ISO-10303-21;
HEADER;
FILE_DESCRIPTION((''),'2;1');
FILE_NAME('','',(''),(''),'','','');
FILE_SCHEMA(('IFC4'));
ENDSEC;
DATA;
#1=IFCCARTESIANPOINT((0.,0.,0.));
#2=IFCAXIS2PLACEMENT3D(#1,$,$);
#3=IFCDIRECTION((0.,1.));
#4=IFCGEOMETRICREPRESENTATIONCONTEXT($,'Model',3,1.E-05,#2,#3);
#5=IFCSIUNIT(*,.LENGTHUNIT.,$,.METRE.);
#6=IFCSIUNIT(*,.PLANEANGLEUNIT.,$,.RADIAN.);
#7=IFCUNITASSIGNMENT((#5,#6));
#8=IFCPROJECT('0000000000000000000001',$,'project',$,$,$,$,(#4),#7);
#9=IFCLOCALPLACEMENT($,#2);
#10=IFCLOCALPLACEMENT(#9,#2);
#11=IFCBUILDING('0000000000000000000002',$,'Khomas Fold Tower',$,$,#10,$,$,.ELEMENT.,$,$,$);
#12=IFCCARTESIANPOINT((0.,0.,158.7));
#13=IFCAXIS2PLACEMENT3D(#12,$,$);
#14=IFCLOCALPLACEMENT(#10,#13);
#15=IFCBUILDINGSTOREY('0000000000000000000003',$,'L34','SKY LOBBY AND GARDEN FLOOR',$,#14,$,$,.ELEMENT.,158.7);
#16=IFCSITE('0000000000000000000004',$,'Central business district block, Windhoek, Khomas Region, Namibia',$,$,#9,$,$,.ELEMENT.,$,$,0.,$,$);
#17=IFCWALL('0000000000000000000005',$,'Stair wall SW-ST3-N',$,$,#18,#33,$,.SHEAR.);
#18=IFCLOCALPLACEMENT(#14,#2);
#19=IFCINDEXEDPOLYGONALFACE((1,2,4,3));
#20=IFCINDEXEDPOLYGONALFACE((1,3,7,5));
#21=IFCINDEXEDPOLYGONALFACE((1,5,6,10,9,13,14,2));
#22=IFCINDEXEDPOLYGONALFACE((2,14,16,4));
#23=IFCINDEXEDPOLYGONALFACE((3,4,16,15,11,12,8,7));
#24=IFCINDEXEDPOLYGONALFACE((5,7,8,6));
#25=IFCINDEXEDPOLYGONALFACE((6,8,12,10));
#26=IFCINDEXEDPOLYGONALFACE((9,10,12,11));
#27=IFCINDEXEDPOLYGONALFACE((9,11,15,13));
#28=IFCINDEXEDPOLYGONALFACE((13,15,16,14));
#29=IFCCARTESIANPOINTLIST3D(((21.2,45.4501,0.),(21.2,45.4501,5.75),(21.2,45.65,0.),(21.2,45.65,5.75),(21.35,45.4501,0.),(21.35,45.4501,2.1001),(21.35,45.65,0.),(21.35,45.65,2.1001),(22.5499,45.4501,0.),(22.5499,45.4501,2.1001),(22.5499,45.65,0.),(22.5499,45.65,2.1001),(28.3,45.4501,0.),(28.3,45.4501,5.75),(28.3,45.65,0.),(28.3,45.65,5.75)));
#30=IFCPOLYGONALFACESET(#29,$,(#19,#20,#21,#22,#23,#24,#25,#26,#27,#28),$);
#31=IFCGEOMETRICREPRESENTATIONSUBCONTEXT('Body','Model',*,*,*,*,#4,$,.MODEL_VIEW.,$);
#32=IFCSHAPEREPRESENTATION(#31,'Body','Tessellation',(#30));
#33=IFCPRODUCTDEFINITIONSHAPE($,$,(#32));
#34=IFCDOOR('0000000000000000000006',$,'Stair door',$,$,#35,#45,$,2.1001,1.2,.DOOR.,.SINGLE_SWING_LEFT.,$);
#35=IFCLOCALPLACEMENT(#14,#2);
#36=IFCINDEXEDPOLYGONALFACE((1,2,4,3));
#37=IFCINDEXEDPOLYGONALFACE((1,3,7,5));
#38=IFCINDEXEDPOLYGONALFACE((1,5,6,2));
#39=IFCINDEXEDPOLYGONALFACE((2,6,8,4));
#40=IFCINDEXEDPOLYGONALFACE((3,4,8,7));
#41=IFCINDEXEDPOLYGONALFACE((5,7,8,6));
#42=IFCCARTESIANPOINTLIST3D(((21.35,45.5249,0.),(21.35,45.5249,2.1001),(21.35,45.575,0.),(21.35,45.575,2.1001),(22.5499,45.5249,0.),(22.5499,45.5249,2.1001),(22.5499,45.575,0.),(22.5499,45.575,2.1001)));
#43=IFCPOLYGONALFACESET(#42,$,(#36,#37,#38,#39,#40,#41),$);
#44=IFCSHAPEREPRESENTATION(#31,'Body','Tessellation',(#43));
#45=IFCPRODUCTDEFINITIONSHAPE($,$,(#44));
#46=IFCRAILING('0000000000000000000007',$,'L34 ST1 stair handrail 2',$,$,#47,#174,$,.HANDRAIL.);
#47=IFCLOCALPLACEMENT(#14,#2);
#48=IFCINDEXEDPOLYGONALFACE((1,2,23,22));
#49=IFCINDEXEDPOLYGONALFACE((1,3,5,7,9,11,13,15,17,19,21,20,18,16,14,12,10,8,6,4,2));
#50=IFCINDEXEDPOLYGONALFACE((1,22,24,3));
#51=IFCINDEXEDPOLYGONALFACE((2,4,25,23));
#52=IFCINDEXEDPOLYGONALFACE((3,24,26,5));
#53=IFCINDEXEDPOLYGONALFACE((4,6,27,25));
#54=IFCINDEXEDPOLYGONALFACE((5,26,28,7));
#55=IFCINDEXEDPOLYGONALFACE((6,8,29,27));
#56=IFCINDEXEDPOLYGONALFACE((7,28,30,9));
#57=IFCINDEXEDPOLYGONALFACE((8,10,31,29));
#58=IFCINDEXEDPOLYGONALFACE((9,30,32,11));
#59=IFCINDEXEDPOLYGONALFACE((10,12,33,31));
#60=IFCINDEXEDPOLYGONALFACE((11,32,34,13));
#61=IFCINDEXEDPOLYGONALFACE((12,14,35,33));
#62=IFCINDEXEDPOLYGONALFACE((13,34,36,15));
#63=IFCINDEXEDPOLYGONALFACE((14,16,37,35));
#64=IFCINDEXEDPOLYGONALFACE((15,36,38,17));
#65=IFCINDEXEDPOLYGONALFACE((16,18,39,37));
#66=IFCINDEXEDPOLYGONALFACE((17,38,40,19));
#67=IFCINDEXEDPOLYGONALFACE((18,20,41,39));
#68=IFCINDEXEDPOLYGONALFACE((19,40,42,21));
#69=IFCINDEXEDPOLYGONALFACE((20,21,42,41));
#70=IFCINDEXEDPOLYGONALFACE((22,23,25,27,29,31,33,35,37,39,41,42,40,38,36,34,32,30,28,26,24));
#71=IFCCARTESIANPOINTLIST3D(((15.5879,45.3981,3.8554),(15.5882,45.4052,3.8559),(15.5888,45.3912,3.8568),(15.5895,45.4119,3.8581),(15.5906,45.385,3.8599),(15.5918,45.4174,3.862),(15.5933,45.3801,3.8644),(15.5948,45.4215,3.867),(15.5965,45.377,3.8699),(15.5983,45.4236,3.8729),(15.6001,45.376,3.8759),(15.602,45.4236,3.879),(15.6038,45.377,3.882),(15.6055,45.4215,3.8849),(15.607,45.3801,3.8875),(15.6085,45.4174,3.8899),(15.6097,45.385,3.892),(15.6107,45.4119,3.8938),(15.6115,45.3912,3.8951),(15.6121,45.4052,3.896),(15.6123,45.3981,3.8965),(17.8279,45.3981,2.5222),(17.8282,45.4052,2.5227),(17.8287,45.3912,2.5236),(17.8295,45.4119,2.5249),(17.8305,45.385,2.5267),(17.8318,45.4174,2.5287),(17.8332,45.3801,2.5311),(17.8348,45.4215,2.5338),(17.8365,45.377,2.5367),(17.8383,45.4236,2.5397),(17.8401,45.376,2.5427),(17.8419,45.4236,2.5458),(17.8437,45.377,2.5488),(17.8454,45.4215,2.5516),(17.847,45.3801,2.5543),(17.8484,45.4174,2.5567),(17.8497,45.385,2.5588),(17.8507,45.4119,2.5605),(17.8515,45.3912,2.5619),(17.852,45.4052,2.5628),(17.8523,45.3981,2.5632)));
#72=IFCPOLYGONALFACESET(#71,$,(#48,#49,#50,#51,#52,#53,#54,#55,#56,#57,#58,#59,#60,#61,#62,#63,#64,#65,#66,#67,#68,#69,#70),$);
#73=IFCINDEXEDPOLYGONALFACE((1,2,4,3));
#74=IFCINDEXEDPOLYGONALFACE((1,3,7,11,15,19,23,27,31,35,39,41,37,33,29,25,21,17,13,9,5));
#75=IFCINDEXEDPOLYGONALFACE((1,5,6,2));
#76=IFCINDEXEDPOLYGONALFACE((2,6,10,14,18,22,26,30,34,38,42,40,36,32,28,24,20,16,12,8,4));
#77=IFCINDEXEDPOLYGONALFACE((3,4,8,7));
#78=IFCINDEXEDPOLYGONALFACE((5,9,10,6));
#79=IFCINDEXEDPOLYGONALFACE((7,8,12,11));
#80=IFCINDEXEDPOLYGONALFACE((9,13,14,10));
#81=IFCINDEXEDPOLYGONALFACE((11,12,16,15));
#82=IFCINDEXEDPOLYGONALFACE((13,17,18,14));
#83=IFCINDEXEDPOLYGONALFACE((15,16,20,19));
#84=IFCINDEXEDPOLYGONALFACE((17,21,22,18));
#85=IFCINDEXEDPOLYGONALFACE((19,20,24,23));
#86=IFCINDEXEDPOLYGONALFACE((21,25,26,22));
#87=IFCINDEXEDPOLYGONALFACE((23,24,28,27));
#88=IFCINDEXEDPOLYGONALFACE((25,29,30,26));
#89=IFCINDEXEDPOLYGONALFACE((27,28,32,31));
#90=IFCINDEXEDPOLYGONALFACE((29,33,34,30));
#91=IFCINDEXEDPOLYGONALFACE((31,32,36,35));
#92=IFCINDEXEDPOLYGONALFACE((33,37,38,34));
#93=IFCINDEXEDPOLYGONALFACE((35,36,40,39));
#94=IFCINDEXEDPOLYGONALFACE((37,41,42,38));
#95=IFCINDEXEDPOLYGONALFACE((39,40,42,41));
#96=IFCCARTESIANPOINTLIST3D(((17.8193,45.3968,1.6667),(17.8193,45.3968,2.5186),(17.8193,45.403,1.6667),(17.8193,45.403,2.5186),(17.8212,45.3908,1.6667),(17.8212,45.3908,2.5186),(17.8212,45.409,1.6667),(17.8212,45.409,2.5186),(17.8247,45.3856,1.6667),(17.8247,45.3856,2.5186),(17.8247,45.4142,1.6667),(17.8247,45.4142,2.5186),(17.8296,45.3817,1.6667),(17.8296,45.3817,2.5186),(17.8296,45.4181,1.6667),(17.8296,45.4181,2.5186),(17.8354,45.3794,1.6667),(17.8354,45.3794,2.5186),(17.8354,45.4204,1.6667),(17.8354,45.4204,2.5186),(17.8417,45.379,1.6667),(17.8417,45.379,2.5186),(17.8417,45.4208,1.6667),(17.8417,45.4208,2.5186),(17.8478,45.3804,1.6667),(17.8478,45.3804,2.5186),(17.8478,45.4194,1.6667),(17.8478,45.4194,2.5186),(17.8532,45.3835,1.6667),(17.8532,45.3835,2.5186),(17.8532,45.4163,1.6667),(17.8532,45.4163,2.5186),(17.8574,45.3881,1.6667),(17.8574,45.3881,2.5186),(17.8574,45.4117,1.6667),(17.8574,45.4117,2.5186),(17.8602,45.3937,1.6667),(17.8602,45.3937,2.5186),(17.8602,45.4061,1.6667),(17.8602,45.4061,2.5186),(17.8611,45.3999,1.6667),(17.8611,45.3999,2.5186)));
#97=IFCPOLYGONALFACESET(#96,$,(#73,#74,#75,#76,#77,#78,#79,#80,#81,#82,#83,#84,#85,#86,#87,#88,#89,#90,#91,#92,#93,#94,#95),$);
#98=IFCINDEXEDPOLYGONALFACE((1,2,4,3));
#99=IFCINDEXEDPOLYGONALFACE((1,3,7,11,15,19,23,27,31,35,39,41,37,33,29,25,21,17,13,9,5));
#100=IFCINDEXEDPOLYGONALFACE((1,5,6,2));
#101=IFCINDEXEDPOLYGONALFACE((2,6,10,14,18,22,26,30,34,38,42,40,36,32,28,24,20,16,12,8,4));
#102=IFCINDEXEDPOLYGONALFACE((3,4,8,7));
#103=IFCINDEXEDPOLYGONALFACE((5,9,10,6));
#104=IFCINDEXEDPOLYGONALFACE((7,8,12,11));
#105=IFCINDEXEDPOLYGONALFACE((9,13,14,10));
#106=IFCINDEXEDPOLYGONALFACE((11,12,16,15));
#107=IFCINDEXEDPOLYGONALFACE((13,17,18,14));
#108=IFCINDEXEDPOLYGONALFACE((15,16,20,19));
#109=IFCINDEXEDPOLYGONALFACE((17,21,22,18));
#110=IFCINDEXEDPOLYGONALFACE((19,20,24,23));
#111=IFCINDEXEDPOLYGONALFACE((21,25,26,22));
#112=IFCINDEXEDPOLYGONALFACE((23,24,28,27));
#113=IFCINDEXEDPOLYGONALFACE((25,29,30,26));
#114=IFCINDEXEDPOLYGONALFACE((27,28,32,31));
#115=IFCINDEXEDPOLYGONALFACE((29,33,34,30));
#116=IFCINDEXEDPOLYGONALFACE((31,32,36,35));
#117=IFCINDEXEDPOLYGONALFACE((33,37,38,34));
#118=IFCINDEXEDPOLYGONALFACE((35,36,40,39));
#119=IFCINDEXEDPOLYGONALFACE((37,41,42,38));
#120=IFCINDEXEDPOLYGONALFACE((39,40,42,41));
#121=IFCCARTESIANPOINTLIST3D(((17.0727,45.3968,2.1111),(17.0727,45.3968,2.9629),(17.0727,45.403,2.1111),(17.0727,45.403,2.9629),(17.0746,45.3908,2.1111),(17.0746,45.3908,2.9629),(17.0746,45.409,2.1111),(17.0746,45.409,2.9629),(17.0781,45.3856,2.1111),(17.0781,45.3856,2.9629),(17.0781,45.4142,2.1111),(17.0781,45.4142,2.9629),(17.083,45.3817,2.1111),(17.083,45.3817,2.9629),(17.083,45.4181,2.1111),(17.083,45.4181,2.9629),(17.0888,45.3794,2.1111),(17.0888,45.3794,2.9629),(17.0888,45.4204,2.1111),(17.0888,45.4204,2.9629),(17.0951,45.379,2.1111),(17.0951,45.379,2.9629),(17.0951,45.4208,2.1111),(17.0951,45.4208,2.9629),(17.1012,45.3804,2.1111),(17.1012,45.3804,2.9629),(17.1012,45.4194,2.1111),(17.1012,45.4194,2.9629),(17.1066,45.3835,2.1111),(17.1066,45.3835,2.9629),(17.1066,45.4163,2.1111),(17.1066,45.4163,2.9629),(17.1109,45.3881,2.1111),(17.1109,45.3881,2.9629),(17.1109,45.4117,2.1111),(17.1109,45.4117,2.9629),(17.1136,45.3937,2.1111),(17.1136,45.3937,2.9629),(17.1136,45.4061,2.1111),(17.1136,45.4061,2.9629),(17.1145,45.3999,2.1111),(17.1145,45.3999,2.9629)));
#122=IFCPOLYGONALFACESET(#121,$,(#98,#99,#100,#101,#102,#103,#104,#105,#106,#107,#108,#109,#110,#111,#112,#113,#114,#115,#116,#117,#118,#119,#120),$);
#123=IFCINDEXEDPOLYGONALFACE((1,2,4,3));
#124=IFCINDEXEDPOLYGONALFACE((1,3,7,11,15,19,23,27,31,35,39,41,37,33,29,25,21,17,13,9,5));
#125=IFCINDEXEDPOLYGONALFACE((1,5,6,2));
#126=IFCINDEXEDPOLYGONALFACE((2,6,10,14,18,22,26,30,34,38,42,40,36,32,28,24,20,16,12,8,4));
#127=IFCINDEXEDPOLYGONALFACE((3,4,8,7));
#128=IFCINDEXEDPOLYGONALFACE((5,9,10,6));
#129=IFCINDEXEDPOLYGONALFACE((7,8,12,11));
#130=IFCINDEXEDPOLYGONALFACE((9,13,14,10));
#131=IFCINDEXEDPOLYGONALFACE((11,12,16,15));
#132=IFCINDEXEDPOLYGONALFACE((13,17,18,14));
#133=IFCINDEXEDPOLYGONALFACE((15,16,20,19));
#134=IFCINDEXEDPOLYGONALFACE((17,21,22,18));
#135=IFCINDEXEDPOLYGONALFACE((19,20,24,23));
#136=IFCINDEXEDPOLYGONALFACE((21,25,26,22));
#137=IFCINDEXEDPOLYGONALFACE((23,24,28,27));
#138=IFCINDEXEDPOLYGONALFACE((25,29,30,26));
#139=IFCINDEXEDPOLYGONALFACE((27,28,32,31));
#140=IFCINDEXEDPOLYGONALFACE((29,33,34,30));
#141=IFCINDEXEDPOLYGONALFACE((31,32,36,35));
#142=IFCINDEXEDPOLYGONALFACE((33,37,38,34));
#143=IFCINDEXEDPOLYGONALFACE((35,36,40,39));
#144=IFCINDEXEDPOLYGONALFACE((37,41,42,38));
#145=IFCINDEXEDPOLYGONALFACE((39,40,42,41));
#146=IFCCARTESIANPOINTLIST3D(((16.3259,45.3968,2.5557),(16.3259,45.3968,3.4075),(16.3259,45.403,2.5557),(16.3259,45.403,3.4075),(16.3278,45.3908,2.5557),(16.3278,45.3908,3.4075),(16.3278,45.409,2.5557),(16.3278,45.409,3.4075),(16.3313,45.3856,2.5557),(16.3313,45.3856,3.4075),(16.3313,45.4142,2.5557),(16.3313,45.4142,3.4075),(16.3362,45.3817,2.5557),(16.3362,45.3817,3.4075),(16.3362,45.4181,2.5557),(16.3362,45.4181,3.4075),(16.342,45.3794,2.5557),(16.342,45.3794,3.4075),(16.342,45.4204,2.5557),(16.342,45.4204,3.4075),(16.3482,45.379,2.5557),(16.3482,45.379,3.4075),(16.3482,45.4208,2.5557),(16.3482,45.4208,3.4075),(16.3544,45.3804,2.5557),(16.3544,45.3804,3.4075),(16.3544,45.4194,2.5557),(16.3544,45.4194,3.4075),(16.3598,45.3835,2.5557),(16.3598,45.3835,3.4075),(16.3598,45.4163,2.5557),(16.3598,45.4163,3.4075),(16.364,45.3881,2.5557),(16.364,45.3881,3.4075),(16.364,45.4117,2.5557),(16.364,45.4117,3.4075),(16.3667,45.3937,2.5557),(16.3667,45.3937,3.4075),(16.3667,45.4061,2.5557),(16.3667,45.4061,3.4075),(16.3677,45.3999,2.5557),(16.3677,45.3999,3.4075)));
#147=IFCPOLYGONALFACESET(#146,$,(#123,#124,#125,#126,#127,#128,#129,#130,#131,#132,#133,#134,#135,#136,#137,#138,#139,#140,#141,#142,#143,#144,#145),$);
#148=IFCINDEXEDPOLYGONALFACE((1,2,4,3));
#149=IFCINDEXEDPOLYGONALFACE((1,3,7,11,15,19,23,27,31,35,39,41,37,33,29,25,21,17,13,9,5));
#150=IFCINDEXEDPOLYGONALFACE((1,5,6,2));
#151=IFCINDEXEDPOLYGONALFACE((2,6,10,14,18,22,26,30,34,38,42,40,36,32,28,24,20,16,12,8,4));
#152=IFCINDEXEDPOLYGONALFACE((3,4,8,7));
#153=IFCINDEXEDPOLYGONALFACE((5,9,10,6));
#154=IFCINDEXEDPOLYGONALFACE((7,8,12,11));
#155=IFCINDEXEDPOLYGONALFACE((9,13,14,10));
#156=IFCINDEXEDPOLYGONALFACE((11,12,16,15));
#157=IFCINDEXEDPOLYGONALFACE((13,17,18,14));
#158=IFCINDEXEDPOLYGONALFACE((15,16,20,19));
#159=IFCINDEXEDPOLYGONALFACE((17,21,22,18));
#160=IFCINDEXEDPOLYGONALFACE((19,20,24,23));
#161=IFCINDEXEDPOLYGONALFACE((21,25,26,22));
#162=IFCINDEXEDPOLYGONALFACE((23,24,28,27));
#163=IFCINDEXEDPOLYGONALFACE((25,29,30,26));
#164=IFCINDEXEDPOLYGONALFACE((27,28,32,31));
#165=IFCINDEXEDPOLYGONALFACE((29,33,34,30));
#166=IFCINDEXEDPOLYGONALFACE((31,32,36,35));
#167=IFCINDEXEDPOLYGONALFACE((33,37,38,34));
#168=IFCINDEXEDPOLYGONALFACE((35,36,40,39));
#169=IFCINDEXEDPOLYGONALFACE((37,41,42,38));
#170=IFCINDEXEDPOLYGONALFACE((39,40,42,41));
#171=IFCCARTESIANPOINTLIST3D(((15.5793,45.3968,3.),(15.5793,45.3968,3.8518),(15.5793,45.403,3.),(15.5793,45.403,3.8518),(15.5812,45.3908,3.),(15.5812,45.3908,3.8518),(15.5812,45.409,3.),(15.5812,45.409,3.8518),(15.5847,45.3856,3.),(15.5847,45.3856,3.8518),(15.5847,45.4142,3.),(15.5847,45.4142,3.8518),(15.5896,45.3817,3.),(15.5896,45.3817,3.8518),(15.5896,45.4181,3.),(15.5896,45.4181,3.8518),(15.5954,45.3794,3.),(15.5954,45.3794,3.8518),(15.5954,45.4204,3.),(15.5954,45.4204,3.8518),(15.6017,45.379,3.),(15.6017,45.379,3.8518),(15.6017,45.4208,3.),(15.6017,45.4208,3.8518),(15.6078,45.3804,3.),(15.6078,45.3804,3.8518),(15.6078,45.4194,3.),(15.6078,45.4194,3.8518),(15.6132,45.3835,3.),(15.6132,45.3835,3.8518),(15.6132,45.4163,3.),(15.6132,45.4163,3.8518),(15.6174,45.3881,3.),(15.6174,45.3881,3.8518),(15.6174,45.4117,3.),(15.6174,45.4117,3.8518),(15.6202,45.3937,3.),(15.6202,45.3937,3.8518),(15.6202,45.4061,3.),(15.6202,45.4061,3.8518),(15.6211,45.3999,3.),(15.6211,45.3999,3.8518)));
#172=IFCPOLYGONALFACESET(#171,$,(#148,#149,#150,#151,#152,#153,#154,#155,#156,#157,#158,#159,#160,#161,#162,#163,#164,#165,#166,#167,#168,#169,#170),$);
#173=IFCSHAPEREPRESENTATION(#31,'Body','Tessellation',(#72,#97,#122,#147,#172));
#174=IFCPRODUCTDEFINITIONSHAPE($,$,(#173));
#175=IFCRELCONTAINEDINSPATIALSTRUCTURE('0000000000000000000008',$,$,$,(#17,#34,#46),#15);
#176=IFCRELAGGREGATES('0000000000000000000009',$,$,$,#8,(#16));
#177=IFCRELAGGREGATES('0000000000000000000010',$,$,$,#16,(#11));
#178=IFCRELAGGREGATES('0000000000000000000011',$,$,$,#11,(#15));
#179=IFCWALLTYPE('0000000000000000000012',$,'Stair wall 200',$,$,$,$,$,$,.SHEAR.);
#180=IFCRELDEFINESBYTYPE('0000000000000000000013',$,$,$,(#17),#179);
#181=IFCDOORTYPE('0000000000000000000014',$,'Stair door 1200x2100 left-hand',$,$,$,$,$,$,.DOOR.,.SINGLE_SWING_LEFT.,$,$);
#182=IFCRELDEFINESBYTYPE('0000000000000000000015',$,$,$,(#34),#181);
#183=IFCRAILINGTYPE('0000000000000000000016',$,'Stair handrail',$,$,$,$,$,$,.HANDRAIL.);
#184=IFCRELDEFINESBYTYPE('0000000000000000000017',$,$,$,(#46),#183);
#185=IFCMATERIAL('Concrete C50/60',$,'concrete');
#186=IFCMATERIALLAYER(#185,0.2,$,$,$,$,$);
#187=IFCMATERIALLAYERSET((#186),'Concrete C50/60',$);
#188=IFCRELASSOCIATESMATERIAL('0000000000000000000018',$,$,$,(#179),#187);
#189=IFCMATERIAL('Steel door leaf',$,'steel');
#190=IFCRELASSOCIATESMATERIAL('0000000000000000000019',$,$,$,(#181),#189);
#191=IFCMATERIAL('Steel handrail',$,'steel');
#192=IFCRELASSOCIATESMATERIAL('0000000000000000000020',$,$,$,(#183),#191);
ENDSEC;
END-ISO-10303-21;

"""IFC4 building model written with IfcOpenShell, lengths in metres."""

from ifc_helpers import new_model, si_unit, direction, frame, frame_2d, origin, origin_2d, place, context, subcontext, project, spatial, rectangle, circle, extrude, source, transform, mapped, material, layer, layer_set, type_object, element, fill, save


model = new_model("IFC4")

# Units and contexts
model_context = context("Model", 3, precision=1e-05, world=origin(), true_north=direction((0.0, 1.0)))
body_context = subcontext(model_context, "Body", "Model", "MODEL_VIEW")
ifc_project = project(units=[si_unit("LENGTHUNIT", "METRE"), si_unit("PLANEANGLEUNIT", "RADIAN")], contexts=[model_context])

# Site, building, storey
site_placement = place(None, origin())
site = spatial("IfcSite", under=ifc_project, at=site_placement, Name="Central business district block, Windhoek, Khomas Region, Namibia", CompositionType="ELEMENT", RefElevation=0.0)
building_placement = place(site_placement, origin())
building = spatial("IfcBuilding", under=site, at=building_placement, Name="Khomas Fold Tower", CompositionType="ELEMENT")
storey_placement = place(building_placement, frame((0.0, 0.0, 158.7)))
storey = spatial("IfcBuildingStorey", under=building, at=storey_placement, Name="L34", Description="SKY LOBBY AND GARDEN FLOOR", CompositionType="ELEMENT", Elevation=158.7)

# Wall, opening, door
ifc_material_1 = material(Name="Concrete C50/60", Category="concrete")
ifc_layer_1 = layer(ifc_material_1, 0.2)
ifc_layer_set_1 = layer_set([ifc_layer_1], Name="Concrete C50/60")
wall_type = type_object("IfcWallType", Name="Stair wall 200", PredefinedType="SHEAR", material=ifc_layer_set_1)
shared_shape_1 = source(origin(), body_context, "Body", "SweptSolid", [
    extrude(rectangle(XDim=7.1001, YDim=0.2, at=frame_2d((3.55, 0.0))), origin(), (0.0, 0.0, 1.0), 5.75),
])
wall_placement = place(storey_placement, frame((21.2, 45.55, 0.0), z_axis=(0.0, 0.0, 1.0), x_axis=(1.0, 0.0, 0.0)))
wall = element("IfcWall", 1, at=wall_placement, inside=storey, type_object=wall_type, Name="Stair wall SW-ST3-N", PredefinedType="SHEAR", context=body_context, shape_type="MappedRepresentation", body=[
    mapped(shared_shape_1, transform((0.0, 0.0, 0.0))),
])
shared_shape_2 = source(origin(), body_context, "Body", "SweptSolid", [
    extrude(rectangle(XDim=1.2, YDim=2.1001, at=frame_2d((0.6001, 1.05))), frame((0.0, 0.1099, 0.0), z_axis=(0.0, -1.0, 0.0), x_axis=(1.0, 0.0, 0.0)), (0.0, 0.0, 1.0), 0.22),
])
opening_placement = place(wall_placement, frame((0.1499, 0.0, 0.0)))
opening = element("IfcOpeningElement", 2, at=opening_placement, cuts=wall, PredefinedType="OPENING", context=body_context, shape_type="MappedRepresentation", body=[
    mapped(shared_shape_2, transform((0.0, 0.0, 0.0))),
])
ifc_material_2 = material(Name="Steel door leaf", Category="steel")
door_type = type_object("IfcDoorType", Name="Stair door 1200x2100 left-hand", OperationType="SINGLE_SWING_LEFT", PredefinedType="DOOR", material=ifc_material_2)
shared_shape_3 = source(origin(), body_context, "Body", "SweptSolid", [
    extrude(rectangle(XDim=1.2, YDim=2.1001, at=frame_2d((0.6001, 1.05))), frame((0.0, 0.0249, 0.0), z_axis=(0.0, -1.0, 0.0), x_axis=(1.0, 0.0, 0.0)), (0.0, 0.0, 1.0), 0.05),
])
door_placement = place(opening_placement, origin())
door = element("IfcDoor", 3, at=door_placement, inside=storey, type_object=door_type, Name="Stair door", OperationType="SINGLE_SWING_LEFT", OverallHeight=2.1001, OverallWidth=1.2, PredefinedType="DOOR", context=body_context, shape_type="MappedRepresentation", body=[
    mapped(shared_shape_3, transform((0.0, 0.0, 0.0))),
])
fill(opening, door)

# Railing
ifc_material_3 = material(Name="Steel handrail", Category="steel")
railing_type = type_object("IfcRailingType", Name="Stair handrail", PredefinedType="HANDRAIL", material=ifc_material_3)
shared_shape_4 = source(origin(), body_context, "Body", "SweptSolid", [
    extrude(circle(Radius=0.0239, at=origin_2d()), frame((0.0, 0.0, 0.876), z_axis=(-0.859306, 0.0, 0.511462), x_axis=(0.0, -1.0, 0.0)), (0.0, 0.0, 1.0), 2.6067),
    extrude(circle(Radius=0.021, at=origin_2d()), origin(), (0.0, 0.0, 1.0), 0.8518),
    extrude(circle(Radius=0.021, at=origin_2d()), frame((-0.7466, 0.0, 0.4443)), (0.0, 0.0, 1.0), 0.8518),
    extrude(circle(Radius=0.021, at=origin_2d()), frame((-1.4934, 0.0, 0.8889)), (0.0, 0.0, 1.0), 0.8518),
    extrude(circle(Radius=0.021, at=origin_2d()), frame((-2.24, 0.0, 1.3333)), (0.0, 0.0, 1.0), 0.8518),
])
for number, where, name in (
    (4, (17.8401, 45.3999, 1.6667), "L34 ST1 stair handrail 2"),
):
    element("IfcRailing", number, at=place(storey_placement, frame(where)), inside=storey, type_object=railing_type, Name=name, PredefinedType="HANDRAIL", context=body_context, shape_type="MappedRepresentation", body=[
        mapped(shared_shape_4, transform((0.0, 0.0, 0.0))),
    ])

save(model, "model.ifc")
